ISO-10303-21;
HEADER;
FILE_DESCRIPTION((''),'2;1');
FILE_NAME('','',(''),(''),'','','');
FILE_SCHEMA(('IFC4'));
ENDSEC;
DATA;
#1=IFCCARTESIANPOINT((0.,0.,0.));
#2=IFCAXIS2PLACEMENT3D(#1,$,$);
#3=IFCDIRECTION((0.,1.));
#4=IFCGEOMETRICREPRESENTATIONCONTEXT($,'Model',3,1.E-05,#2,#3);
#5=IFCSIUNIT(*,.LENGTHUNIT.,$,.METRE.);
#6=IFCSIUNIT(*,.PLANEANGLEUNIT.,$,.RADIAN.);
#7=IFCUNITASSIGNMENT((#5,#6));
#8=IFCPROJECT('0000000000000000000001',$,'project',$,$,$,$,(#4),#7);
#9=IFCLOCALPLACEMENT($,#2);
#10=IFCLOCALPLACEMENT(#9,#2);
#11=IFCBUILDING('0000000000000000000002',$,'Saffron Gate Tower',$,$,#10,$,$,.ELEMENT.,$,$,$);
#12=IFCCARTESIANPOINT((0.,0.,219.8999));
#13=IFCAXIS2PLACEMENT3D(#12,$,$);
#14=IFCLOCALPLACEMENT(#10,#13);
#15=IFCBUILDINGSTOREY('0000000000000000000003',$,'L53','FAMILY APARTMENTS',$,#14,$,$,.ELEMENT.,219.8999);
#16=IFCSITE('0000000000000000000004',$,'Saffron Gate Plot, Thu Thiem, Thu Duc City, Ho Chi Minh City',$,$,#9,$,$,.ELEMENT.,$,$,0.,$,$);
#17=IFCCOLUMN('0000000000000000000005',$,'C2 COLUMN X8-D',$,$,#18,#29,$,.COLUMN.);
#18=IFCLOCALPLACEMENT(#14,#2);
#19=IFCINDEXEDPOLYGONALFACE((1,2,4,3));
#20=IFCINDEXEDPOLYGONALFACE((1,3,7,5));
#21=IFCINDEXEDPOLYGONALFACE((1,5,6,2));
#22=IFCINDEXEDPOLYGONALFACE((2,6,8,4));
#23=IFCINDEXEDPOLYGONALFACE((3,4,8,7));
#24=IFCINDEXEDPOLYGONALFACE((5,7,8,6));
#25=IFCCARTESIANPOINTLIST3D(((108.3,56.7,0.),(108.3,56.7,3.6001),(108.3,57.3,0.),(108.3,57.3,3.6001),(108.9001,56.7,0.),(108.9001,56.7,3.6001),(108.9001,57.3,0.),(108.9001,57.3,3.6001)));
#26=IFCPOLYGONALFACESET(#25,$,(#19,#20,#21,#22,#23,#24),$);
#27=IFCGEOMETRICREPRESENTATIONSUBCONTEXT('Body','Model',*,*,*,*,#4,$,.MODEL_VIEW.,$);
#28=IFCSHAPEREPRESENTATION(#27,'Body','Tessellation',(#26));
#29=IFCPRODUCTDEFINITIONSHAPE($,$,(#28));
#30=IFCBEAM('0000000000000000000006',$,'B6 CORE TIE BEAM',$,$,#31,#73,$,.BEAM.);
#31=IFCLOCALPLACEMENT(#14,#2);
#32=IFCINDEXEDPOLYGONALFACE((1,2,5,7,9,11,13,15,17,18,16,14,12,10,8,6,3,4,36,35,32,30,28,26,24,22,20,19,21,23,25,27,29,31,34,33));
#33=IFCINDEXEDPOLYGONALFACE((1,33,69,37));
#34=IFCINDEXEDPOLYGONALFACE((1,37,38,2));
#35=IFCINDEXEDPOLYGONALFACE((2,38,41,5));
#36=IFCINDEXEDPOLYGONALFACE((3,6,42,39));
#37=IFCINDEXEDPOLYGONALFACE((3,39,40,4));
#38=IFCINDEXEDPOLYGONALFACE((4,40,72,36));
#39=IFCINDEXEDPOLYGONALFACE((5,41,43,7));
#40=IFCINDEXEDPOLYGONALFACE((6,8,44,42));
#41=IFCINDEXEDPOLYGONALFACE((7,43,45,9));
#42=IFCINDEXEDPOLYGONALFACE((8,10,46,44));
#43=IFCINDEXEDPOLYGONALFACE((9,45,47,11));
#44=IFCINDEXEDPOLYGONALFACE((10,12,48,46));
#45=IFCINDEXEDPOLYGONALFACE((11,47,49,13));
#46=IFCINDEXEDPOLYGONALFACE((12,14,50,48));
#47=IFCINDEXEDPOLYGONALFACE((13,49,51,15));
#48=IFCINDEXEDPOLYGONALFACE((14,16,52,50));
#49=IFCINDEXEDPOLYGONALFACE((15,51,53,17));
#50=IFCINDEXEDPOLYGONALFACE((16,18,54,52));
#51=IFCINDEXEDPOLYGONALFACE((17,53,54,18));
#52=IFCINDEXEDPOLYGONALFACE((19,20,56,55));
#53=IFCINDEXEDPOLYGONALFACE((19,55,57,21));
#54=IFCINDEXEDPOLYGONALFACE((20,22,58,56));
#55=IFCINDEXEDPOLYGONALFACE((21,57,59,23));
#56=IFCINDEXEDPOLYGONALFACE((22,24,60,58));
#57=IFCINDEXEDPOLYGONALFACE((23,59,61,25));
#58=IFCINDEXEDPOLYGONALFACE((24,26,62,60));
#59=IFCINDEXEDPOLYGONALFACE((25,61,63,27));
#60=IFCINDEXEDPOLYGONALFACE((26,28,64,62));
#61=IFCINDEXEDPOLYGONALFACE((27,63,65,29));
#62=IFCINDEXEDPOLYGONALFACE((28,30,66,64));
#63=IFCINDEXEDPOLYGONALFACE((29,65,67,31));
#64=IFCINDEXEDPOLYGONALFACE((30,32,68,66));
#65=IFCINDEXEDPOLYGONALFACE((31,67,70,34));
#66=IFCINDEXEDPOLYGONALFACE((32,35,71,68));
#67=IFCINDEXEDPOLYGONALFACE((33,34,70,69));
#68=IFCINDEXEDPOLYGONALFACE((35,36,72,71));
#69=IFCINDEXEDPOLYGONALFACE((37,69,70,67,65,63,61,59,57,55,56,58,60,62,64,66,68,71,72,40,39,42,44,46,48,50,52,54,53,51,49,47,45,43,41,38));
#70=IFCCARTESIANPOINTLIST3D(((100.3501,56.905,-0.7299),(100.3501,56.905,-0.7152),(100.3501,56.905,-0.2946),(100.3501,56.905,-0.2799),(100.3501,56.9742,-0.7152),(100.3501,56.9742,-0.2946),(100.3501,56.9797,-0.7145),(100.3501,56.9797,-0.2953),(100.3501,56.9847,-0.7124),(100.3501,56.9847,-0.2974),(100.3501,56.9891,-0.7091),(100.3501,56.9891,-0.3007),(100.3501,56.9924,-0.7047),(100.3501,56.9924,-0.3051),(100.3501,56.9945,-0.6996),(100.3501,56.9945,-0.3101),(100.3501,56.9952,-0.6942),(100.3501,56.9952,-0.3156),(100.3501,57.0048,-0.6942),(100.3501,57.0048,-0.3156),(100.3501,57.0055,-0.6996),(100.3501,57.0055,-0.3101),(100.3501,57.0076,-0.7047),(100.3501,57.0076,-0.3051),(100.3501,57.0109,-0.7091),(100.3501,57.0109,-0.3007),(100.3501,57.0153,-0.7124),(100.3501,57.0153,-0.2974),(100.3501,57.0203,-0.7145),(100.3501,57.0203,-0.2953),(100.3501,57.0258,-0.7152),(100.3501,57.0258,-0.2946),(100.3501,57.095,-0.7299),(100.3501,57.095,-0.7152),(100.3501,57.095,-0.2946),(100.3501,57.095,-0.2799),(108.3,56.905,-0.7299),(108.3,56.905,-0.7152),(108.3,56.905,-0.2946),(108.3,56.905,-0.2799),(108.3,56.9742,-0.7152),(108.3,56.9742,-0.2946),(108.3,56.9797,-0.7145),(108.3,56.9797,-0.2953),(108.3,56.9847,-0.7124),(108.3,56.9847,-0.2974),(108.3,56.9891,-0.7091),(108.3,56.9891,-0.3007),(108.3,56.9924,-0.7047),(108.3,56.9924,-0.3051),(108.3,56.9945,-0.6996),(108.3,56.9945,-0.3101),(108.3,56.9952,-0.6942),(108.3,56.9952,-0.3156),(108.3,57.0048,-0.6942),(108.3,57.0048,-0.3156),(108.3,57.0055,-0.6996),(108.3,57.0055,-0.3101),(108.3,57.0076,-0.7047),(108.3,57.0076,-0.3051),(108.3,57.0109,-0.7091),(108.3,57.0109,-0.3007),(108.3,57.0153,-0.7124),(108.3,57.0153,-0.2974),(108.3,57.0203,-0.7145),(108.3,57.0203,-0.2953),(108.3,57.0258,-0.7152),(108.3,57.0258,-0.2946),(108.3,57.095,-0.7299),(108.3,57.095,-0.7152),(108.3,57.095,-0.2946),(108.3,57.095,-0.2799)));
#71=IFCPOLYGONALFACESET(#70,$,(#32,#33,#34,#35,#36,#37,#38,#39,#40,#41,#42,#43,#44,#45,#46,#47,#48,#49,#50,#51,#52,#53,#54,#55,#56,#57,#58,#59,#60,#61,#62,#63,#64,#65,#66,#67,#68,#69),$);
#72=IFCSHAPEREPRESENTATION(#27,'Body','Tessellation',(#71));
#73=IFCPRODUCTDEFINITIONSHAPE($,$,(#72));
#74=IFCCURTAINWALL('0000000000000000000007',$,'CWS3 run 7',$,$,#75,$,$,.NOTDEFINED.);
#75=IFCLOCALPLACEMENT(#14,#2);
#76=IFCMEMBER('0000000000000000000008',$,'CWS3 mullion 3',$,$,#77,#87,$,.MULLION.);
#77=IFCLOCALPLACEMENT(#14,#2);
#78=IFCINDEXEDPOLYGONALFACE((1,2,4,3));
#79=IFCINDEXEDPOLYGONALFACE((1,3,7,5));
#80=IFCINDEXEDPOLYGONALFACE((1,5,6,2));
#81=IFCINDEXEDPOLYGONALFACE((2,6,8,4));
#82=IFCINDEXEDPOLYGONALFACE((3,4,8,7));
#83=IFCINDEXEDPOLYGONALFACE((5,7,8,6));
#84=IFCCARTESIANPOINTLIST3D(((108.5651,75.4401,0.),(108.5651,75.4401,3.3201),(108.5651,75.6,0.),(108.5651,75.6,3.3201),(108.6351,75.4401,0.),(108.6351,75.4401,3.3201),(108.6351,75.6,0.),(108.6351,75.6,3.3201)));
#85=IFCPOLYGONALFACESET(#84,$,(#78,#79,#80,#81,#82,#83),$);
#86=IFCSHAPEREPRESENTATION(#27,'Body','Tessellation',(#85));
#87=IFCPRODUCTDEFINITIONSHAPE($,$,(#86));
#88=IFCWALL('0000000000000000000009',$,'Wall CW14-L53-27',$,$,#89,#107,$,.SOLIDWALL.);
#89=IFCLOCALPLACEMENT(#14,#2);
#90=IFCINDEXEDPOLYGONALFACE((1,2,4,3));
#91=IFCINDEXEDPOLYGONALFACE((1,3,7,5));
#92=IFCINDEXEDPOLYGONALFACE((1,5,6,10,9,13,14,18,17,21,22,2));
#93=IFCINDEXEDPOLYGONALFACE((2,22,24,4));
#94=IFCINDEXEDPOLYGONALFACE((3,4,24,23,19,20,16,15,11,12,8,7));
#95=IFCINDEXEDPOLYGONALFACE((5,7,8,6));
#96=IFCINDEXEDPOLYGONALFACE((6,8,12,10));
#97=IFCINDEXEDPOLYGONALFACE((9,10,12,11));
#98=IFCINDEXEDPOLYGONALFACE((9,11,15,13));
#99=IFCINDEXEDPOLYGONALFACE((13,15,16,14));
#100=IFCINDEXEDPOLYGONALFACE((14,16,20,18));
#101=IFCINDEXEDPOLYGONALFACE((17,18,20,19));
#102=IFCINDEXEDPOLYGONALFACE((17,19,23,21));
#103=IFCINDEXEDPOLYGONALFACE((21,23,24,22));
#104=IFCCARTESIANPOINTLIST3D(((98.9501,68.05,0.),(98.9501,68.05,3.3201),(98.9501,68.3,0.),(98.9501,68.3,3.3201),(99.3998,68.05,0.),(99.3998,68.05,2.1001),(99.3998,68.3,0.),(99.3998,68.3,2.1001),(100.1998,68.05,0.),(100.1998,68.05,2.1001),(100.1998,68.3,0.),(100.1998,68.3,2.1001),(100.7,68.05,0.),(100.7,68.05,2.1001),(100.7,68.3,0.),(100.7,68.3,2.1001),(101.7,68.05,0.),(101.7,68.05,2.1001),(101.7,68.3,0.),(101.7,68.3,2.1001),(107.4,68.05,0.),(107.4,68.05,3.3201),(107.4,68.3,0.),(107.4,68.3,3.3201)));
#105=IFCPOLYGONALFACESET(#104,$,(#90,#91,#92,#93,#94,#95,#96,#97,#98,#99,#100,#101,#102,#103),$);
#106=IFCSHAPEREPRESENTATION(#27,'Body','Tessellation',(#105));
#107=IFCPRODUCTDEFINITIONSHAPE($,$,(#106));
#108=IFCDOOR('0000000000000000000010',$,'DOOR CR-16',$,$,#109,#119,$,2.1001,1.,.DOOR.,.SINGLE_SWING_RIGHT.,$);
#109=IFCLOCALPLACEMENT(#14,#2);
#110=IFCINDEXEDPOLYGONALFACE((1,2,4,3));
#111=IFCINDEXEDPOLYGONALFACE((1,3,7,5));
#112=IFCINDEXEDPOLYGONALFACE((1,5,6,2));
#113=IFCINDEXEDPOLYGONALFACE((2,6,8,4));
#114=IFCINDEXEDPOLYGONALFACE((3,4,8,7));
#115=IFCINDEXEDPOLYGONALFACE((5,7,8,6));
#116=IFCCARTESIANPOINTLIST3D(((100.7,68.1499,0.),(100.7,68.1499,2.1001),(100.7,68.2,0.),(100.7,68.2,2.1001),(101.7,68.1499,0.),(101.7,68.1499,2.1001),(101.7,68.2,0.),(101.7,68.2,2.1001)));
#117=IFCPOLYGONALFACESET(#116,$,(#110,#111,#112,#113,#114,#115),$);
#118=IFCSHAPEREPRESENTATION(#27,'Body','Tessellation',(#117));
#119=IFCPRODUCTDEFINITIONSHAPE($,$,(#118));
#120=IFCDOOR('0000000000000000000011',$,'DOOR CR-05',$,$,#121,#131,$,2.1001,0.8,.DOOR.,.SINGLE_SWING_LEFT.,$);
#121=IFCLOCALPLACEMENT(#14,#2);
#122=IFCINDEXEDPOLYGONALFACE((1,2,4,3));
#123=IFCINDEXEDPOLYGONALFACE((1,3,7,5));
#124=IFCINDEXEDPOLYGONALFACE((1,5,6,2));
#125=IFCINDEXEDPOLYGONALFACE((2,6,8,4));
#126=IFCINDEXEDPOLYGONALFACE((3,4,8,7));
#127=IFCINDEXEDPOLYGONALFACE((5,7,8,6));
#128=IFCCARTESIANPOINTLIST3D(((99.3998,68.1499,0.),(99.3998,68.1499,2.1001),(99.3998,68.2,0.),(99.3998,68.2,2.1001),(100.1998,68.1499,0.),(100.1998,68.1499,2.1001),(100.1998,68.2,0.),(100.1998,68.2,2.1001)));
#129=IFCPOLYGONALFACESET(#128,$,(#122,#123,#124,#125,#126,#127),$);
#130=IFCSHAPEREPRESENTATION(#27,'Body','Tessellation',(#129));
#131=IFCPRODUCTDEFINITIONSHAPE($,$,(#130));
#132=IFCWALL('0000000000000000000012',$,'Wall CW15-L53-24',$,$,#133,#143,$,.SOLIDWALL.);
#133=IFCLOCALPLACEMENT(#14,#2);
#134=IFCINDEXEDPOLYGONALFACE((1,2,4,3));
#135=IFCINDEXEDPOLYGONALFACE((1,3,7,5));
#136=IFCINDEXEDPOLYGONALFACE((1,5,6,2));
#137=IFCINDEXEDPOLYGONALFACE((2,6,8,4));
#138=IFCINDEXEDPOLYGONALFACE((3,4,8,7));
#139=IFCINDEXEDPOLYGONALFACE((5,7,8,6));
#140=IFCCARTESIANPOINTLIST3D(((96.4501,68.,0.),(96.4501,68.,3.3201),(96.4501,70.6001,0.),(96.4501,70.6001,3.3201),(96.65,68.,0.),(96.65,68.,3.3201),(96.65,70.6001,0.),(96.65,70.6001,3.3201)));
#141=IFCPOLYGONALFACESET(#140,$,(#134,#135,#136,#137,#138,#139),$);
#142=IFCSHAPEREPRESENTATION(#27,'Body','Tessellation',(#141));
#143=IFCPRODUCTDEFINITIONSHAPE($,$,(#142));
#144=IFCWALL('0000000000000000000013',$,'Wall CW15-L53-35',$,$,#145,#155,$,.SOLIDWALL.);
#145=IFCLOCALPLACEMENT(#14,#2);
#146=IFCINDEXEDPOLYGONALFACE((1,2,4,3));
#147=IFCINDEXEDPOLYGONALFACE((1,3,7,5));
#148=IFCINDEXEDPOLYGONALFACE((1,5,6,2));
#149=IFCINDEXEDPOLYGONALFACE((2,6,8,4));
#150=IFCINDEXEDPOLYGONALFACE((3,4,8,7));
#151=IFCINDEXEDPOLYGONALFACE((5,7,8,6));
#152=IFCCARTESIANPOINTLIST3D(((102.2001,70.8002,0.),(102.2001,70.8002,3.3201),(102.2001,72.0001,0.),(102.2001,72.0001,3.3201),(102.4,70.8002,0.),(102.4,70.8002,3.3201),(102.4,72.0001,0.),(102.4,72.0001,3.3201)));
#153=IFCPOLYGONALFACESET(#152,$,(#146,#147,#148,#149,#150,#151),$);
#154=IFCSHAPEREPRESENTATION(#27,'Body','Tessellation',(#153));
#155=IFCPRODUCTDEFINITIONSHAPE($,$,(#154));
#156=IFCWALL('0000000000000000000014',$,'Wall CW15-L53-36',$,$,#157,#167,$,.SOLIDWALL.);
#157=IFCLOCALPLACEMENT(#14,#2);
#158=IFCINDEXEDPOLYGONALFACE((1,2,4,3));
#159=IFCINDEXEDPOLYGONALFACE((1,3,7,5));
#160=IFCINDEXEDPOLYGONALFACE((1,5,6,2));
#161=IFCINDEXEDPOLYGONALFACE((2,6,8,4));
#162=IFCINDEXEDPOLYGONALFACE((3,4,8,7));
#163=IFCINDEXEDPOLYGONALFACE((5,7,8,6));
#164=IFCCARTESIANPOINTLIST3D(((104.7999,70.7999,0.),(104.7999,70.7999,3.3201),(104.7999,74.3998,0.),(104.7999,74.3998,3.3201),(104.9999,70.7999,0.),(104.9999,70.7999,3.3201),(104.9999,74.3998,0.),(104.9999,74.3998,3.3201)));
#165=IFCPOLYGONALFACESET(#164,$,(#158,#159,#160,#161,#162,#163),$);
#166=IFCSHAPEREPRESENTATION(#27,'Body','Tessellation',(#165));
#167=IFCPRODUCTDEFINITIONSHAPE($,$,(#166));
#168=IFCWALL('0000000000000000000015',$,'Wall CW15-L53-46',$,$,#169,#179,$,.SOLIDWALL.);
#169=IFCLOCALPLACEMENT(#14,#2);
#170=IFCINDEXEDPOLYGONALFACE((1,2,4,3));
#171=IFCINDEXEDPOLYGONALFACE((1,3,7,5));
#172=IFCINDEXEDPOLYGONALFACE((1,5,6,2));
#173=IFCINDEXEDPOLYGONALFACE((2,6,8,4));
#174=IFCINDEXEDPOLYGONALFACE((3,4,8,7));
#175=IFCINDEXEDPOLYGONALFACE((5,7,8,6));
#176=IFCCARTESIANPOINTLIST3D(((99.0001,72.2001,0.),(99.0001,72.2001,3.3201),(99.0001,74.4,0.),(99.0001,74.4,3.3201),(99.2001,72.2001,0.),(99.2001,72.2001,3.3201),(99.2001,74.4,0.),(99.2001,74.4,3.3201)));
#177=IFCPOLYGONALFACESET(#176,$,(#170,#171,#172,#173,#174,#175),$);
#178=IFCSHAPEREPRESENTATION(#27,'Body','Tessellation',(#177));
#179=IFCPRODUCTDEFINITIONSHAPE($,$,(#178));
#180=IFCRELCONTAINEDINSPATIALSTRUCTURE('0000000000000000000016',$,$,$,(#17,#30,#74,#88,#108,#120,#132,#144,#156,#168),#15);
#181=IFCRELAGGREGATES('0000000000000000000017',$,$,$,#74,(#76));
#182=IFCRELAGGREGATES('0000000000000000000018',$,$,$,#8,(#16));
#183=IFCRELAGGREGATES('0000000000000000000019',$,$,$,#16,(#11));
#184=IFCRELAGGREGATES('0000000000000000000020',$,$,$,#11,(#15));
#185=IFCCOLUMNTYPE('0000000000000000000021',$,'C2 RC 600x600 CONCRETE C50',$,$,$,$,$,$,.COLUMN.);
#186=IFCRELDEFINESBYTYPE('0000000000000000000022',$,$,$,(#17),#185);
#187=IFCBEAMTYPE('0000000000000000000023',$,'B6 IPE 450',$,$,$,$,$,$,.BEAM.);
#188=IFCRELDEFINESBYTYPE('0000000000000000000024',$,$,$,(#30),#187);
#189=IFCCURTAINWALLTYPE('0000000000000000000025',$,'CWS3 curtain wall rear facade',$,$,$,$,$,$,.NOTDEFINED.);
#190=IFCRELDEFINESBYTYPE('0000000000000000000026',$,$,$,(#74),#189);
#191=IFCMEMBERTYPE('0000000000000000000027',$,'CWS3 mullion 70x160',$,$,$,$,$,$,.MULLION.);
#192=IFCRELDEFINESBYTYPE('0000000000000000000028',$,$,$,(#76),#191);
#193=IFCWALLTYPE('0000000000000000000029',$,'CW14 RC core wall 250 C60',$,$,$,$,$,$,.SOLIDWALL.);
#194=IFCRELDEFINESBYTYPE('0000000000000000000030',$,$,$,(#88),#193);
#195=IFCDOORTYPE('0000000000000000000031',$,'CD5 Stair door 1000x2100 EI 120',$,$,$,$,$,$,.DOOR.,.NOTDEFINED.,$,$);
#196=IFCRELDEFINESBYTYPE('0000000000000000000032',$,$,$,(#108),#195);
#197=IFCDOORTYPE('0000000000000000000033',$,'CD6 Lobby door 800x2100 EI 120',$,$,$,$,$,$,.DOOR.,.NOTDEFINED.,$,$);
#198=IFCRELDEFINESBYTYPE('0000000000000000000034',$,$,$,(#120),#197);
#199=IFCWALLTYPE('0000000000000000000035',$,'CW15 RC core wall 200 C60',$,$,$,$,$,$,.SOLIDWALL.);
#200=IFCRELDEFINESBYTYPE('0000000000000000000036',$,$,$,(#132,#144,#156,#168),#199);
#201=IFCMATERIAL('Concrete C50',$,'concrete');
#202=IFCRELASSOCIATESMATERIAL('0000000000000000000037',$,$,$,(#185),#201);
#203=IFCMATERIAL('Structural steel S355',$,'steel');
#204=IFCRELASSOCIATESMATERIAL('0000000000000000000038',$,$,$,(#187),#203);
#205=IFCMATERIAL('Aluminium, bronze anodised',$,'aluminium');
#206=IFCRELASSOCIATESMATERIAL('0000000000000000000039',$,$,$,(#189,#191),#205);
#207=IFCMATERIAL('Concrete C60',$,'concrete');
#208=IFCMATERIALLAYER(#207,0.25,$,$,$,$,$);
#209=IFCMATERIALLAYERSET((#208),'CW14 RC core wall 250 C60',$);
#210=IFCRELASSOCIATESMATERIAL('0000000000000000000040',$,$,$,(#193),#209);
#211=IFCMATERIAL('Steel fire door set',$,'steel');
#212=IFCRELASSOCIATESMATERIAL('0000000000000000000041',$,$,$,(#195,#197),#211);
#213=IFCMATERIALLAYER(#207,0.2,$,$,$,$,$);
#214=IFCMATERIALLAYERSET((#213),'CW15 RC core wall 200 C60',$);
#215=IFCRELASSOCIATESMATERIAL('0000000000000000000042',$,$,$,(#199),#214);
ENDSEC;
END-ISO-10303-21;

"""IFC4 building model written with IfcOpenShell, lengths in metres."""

from ifc_helpers import new_model, si_unit, direction, frame, frame_2d, origin, origin_2d, place, context, subcontext, project, spatial, rectangle, i_section, extrude, material, layer, layer_set, material_profile, profile_set, type_object, element, fill, aggregate, save


model = new_model("IFC4")

# Units and contexts
model_context = context("Model", 3, precision=1e-05, world=origin(), true_north=direction((0.0, 1.0)))
body_context = subcontext(model_context, "Body", "Model", "MODEL_VIEW")
ifc_project = project(units=[si_unit("LENGTHUNIT", "METRE"), si_unit("PLANEANGLEUNIT", "RADIAN")], contexts=[model_context])

# Site, building, storey
site_placement = place(None, origin())
site = spatial("IfcSite", under=ifc_project, at=site_placement, Name="Saffron Gate Plot, Thu Thiem, Thu Duc City, Ho Chi Minh City", CompositionType="ELEMENT", RefElevation=0.0)
building_placement = place(site_placement, origin())
building = spatial("IfcBuilding", under=site, at=building_placement, Name="Saffron Gate Tower", CompositionType="ELEMENT")
storey_placement = place(building_placement, frame((0.0, 0.0, 219.8999)))
storey = spatial("IfcBuildingStorey", under=building, at=storey_placement, Name="L53", Description="FAMILY APARTMENTS", CompositionType="ELEMENT", Elevation=219.8999)

# Column
ifc_material_1 = material(Name="Concrete C50", Category="concrete")
ifc_material_profile_1 = material_profile(ifc_material_1, rectangle(XDim=0.6001, YDim=0.6001, at=origin_2d()))
ifc_profile_set_1 = profile_set([ifc_material_profile_1], Name="Concrete C50")
column_type = type_object("IfcColumnType", Name="C2 RC 600x600 CONCRETE C50", PredefinedType="COLUMN", material=ifc_profile_set_1)
column_placement = place(storey_placement, frame((108.6001, 57.0, 0.0), z_axis=(0.0, 0.0, 1.0), x_axis=(1.0, 0.0, 0.0)))
element("IfcColumn", 1, at=column_placement, inside=storey, type_object=column_type, Name="C2 COLUMN X8-D", PredefinedType="COLUMN", context=body_context, shape_type="SweptSolid", body=[
    extrude(rectangle(XDim=0.6001, YDim=0.6001, at=origin_2d()), origin(), (0.0, 0.0, 1.0), 3.6001),
])

# Beam
ifc_material_2 = material(Name="Structural steel S355", Category="steel")
ifc_material_profile_2 = material_profile(ifc_material_2, i_section(OverallWidth=0.1899, OverallDepth=0.45, WebThickness=0.0095, FlangeThickness=0.0146, FilletRadius=0.021, at=origin_2d()))
ifc_profile_set_2 = profile_set([ifc_material_profile_2], Name="Structural steel S355")
beam_type = type_object("IfcBeamType", Name="B6 IPE 450", PredefinedType="BEAM", material=ifc_profile_set_2)
beam_placement = place(storey_placement, frame((108.3, 57.0, -0.5049), z_axis=(-1.0, 0.0, 0.0), x_axis=(0.0, -1.0, 0.0)))
element("IfcBeam", 2, at=beam_placement, inside=storey, type_object=beam_type, Name="B6 CORE TIE BEAM", PredefinedType="BEAM", context=body_context, shape_type="SweptSolid", body=[
    extrude(i_section(OverallWidth=0.1899, OverallDepth=0.45, WebThickness=0.0095, FlangeThickness=0.0146, FilletRadius=0.021, at=origin_2d()), origin(), (0.0, 0.0, 1.0), 7.95),
])

# Curtain wall, member
ifc_material_3 = material(Name="Aluminium, bronze anodised", Category="aluminium")
curtain_wall_type = type_object("IfcCurtainWallType", Name="CWS3 curtain wall rear facade", PredefinedType="NOTDEFINED", material=ifc_material_3)
curtain_wall_placement = place(storey_placement, origin())
curtain_wall = element("IfcCurtainWall", 3, at=curtain_wall_placement, inside=storey, type_object=curtain_wall_type, Name="CWS3 run 7", PredefinedType="NOTDEFINED")
ifc_material_profile_3 = material_profile(ifc_material_3, rectangle(XDim=0.1599, YDim=0.0701, at=origin_2d()))
ifc_profile_set_3 = profile_set([ifc_material_profile_3], Name="Aluminium, bronze anodised")
member_type = type_object("IfcMemberType", Name="CWS3 mullion 70x160", PredefinedType="MULLION", material=ifc_profile_set_3)
member_placement = place(storey_placement, frame((108.6001, 75.52, 0.0), z_axis=(0.0, 0.0, 1.0), x_axis=(0.0, -1.0, 0.0)))
member = element("IfcMember", 4, at=member_placement, type_object=member_type, Name="CWS3 mullion 3", PredefinedType="MULLION", context=body_context, shape_type="SweptSolid", body=[
    extrude(rectangle(XDim=0.1599, YDim=0.0701, at=origin_2d()), origin(), (0.0, 0.0, 1.0), 3.3201),
])
aggregate(curtain_wall, [member])

# Wall, openings, doors
ifc_material_4 = material(Name="Concrete C60", Category="concrete")
ifc_layer_1 = layer(ifc_material_4, 0.25)
ifc_layer_set_1 = layer_set([ifc_layer_1], Name="CW14 RC core wall 250 C60")
wall_type_1 = type_object("IfcWallType", Name="CW14 RC core wall 250 C60", PredefinedType="SOLIDWALL", material=ifc_layer_set_1)
wall_1_placement = place(storey_placement, frame((98.95, 68.175, 0.0), z_axis=(0.0, 0.0, 1.0), x_axis=(1.0, 0.0, 0.0)))
wall_1 = element("IfcWall", 5, at=wall_1_placement, inside=storey, type_object=wall_type_1, Name="Wall CW14-L53-27", PredefinedType="SOLIDWALL", context=body_context, shape_type="SweptSolid", body=[
    extrude(rectangle(XDim=8.45, YDim=0.25, at=frame_2d((4.2251, 0.0))), origin(), (0.0, 0.0, 1.0), 3.3201),
])
opening_1_placement = place(wall_1_placement, frame((0.45, 0.0, 0.0)))
opening_1 = element("IfcOpeningElement", 6, at=opening_1_placement, cuts=wall_1, PredefinedType="OPENING", context=body_context, shape_type="SweptSolid", body=[
    extrude(rectangle(XDim=0.8, YDim=2.1001, at=frame_2d((0.3999, 1.05))), frame((0.0, 0.135, 0.0), z_axis=(0.0, -1.0, 0.0), x_axis=(1.0, 0.0, 0.0)), (0.0, 0.0, 1.0), 0.27),
])
opening_2_placement = place(wall_1_placement, frame((1.75, 0.0, 0.0)))
opening_2 = element("IfcOpeningElement", 7, at=opening_2_placement, cuts=wall_1, PredefinedType="OPENING", context=body_context, shape_type="SweptSolid", body=[
    extrude(rectangle(XDim=1.0, YDim=2.1001, at=frame_2d((0.5, 1.05))), frame((0.0, 0.135, 0.0), z_axis=(0.0, -1.0, 0.0), x_axis=(1.0, 0.0, 0.0)), (0.0, 0.0, 1.0), 0.27),
])
ifc_material_5 = material(Name="Steel fire door set", Category="steel")
door_type_1 = type_object("IfcDoorType", Name="CD5 Stair door 1000x2100 EI 120", OperationType="NOTDEFINED", PredefinedType="DOOR", material=ifc_material_5)
door_1_placement = place(opening_2_placement, origin())
door_1 = element("IfcDoor", 8, at=door_1_placement, inside=storey, type_object=door_type_1, Name="DOOR CR-16", OperationType="SINGLE_SWING_RIGHT", OverallHeight=2.1001, OverallWidth=1.0, PredefinedType="DOOR", context=body_context, shape_type="SweptSolid", body=[
    extrude(rectangle(XDim=1.0, YDim=2.1001, at=frame_2d((0.5, 1.05))), frame((0.0, 0.0249, 0.0), z_axis=(0.0, -1.0, 0.0), x_axis=(1.0, 0.0, 0.0)), (0.0, 0.0, 1.0), 0.05),
])
fill(opening_2, door_1)
door_type_2 = type_object("IfcDoorType", Name="CD6 Lobby door 800x2100 EI 120", OperationType="NOTDEFINED", PredefinedType="DOOR", material=ifc_material_5)
door_2_placement = place(opening_1_placement, origin())
door_2 = element("IfcDoor", 9, at=door_2_placement, inside=storey, type_object=door_type_2, Name="DOOR CR-05", OperationType="SINGLE_SWING_LEFT", OverallHeight=2.1001, OverallWidth=0.8, PredefinedType="DOOR", context=body_context, shape_type="SweptSolid", body=[
    extrude(rectangle(XDim=0.8, YDim=2.1001, at=frame_2d((0.3999, 1.05))), frame((0.0, 0.0249, 0.0), z_axis=(0.0, -1.0, 0.0), x_axis=(1.0, 0.0, 0.0)), (0.0, 0.0, 1.0), 0.05),
])
fill(opening_1, door_2)

# Walls
ifc_layer_2 = layer(ifc_material_4, 0.2)
ifc_layer_set_2 = layer_set([ifc_layer_2], Name="CW15 RC core wall 200 C60")
wall_type_2 = type_object("IfcWallType", Name="CW15 RC core wall 200 C60", PredefinedType="SOLIDWALL", material=ifc_layer_set_2)
wall_2_placement = place(storey_placement, frame((96.55, 68.0, 0.0), z_axis=(0.0, 0.0, 1.0), x_axis=(0.0, 1.0, 0.0)))
element("IfcWall", 10, at=wall_2_placement, inside=storey, type_object=wall_type_2, Name="Wall CW15-L53-24", PredefinedType="SOLIDWALL", context=body_context, shape_type="SweptSolid", body=[
    extrude(rectangle(XDim=2.6001, YDim=0.2, at=frame_2d((1.3, 0.0))), origin(), (0.0, 0.0, 1.0), 3.3201),
])
wall_3_placement = place(storey_placement, frame((102.3, 70.8, 0.0), z_axis=(0.0, 0.0, 1.0), x_axis=(0.0, 1.0, 0.0)))
element("IfcWall", 11, at=wall_3_placement, inside=storey, type_object=wall_type_2, Name="Wall CW15-L53-35", PredefinedType="SOLIDWALL", context=body_context, shape_type="SweptSolid", body=[
    extrude(rectangle(XDim=1.2, YDim=0.2, at=frame_2d((0.6001, 0.0))), origin(), (0.0, 0.0, 1.0), 3.3201),
])
wall_4_placement = place(storey_placement, frame((104.8999, 70.8, 0.0), z_axis=(0.0, 0.0, 1.0), x_axis=(0.0, 1.0, 0.0)))
element("IfcWall", 12, at=wall_4_placement, inside=storey, type_object=wall_type_2, Name="Wall CW15-L53-36", PredefinedType="SOLIDWALL", context=body_context, shape_type="SweptSolid", body=[
    extrude(rectangle(XDim=3.5999, YDim=0.2, at=frame_2d((1.7998, 0.0))), origin(), (0.0, 0.0, 1.0), 3.3201),
])
for number, where, z_axis, x_axis, name in (
    (13, (99.1001, 72.2, 0.0), (0.0, 0.0, 1.0), (0.0, 1.0, 0.0), "Wall CW15-L53-46"),
):
    element("IfcWall", number, at=place(storey_placement, frame(where, z_axis=z_axis, x_axis=x_axis)), inside=storey, type_object=wall_type_2, Name=name, PredefinedType="SOLIDWALL", context=body_context, shape_type="SweptSolid", body=[
        extrude(rectangle(XDim=2.2, YDim=0.2, at=frame_2d((1.1001, 0.0))), origin(), (0.0, 0.0, 1.0), 3.3201),
    ])

save(model, "model.ifc")
